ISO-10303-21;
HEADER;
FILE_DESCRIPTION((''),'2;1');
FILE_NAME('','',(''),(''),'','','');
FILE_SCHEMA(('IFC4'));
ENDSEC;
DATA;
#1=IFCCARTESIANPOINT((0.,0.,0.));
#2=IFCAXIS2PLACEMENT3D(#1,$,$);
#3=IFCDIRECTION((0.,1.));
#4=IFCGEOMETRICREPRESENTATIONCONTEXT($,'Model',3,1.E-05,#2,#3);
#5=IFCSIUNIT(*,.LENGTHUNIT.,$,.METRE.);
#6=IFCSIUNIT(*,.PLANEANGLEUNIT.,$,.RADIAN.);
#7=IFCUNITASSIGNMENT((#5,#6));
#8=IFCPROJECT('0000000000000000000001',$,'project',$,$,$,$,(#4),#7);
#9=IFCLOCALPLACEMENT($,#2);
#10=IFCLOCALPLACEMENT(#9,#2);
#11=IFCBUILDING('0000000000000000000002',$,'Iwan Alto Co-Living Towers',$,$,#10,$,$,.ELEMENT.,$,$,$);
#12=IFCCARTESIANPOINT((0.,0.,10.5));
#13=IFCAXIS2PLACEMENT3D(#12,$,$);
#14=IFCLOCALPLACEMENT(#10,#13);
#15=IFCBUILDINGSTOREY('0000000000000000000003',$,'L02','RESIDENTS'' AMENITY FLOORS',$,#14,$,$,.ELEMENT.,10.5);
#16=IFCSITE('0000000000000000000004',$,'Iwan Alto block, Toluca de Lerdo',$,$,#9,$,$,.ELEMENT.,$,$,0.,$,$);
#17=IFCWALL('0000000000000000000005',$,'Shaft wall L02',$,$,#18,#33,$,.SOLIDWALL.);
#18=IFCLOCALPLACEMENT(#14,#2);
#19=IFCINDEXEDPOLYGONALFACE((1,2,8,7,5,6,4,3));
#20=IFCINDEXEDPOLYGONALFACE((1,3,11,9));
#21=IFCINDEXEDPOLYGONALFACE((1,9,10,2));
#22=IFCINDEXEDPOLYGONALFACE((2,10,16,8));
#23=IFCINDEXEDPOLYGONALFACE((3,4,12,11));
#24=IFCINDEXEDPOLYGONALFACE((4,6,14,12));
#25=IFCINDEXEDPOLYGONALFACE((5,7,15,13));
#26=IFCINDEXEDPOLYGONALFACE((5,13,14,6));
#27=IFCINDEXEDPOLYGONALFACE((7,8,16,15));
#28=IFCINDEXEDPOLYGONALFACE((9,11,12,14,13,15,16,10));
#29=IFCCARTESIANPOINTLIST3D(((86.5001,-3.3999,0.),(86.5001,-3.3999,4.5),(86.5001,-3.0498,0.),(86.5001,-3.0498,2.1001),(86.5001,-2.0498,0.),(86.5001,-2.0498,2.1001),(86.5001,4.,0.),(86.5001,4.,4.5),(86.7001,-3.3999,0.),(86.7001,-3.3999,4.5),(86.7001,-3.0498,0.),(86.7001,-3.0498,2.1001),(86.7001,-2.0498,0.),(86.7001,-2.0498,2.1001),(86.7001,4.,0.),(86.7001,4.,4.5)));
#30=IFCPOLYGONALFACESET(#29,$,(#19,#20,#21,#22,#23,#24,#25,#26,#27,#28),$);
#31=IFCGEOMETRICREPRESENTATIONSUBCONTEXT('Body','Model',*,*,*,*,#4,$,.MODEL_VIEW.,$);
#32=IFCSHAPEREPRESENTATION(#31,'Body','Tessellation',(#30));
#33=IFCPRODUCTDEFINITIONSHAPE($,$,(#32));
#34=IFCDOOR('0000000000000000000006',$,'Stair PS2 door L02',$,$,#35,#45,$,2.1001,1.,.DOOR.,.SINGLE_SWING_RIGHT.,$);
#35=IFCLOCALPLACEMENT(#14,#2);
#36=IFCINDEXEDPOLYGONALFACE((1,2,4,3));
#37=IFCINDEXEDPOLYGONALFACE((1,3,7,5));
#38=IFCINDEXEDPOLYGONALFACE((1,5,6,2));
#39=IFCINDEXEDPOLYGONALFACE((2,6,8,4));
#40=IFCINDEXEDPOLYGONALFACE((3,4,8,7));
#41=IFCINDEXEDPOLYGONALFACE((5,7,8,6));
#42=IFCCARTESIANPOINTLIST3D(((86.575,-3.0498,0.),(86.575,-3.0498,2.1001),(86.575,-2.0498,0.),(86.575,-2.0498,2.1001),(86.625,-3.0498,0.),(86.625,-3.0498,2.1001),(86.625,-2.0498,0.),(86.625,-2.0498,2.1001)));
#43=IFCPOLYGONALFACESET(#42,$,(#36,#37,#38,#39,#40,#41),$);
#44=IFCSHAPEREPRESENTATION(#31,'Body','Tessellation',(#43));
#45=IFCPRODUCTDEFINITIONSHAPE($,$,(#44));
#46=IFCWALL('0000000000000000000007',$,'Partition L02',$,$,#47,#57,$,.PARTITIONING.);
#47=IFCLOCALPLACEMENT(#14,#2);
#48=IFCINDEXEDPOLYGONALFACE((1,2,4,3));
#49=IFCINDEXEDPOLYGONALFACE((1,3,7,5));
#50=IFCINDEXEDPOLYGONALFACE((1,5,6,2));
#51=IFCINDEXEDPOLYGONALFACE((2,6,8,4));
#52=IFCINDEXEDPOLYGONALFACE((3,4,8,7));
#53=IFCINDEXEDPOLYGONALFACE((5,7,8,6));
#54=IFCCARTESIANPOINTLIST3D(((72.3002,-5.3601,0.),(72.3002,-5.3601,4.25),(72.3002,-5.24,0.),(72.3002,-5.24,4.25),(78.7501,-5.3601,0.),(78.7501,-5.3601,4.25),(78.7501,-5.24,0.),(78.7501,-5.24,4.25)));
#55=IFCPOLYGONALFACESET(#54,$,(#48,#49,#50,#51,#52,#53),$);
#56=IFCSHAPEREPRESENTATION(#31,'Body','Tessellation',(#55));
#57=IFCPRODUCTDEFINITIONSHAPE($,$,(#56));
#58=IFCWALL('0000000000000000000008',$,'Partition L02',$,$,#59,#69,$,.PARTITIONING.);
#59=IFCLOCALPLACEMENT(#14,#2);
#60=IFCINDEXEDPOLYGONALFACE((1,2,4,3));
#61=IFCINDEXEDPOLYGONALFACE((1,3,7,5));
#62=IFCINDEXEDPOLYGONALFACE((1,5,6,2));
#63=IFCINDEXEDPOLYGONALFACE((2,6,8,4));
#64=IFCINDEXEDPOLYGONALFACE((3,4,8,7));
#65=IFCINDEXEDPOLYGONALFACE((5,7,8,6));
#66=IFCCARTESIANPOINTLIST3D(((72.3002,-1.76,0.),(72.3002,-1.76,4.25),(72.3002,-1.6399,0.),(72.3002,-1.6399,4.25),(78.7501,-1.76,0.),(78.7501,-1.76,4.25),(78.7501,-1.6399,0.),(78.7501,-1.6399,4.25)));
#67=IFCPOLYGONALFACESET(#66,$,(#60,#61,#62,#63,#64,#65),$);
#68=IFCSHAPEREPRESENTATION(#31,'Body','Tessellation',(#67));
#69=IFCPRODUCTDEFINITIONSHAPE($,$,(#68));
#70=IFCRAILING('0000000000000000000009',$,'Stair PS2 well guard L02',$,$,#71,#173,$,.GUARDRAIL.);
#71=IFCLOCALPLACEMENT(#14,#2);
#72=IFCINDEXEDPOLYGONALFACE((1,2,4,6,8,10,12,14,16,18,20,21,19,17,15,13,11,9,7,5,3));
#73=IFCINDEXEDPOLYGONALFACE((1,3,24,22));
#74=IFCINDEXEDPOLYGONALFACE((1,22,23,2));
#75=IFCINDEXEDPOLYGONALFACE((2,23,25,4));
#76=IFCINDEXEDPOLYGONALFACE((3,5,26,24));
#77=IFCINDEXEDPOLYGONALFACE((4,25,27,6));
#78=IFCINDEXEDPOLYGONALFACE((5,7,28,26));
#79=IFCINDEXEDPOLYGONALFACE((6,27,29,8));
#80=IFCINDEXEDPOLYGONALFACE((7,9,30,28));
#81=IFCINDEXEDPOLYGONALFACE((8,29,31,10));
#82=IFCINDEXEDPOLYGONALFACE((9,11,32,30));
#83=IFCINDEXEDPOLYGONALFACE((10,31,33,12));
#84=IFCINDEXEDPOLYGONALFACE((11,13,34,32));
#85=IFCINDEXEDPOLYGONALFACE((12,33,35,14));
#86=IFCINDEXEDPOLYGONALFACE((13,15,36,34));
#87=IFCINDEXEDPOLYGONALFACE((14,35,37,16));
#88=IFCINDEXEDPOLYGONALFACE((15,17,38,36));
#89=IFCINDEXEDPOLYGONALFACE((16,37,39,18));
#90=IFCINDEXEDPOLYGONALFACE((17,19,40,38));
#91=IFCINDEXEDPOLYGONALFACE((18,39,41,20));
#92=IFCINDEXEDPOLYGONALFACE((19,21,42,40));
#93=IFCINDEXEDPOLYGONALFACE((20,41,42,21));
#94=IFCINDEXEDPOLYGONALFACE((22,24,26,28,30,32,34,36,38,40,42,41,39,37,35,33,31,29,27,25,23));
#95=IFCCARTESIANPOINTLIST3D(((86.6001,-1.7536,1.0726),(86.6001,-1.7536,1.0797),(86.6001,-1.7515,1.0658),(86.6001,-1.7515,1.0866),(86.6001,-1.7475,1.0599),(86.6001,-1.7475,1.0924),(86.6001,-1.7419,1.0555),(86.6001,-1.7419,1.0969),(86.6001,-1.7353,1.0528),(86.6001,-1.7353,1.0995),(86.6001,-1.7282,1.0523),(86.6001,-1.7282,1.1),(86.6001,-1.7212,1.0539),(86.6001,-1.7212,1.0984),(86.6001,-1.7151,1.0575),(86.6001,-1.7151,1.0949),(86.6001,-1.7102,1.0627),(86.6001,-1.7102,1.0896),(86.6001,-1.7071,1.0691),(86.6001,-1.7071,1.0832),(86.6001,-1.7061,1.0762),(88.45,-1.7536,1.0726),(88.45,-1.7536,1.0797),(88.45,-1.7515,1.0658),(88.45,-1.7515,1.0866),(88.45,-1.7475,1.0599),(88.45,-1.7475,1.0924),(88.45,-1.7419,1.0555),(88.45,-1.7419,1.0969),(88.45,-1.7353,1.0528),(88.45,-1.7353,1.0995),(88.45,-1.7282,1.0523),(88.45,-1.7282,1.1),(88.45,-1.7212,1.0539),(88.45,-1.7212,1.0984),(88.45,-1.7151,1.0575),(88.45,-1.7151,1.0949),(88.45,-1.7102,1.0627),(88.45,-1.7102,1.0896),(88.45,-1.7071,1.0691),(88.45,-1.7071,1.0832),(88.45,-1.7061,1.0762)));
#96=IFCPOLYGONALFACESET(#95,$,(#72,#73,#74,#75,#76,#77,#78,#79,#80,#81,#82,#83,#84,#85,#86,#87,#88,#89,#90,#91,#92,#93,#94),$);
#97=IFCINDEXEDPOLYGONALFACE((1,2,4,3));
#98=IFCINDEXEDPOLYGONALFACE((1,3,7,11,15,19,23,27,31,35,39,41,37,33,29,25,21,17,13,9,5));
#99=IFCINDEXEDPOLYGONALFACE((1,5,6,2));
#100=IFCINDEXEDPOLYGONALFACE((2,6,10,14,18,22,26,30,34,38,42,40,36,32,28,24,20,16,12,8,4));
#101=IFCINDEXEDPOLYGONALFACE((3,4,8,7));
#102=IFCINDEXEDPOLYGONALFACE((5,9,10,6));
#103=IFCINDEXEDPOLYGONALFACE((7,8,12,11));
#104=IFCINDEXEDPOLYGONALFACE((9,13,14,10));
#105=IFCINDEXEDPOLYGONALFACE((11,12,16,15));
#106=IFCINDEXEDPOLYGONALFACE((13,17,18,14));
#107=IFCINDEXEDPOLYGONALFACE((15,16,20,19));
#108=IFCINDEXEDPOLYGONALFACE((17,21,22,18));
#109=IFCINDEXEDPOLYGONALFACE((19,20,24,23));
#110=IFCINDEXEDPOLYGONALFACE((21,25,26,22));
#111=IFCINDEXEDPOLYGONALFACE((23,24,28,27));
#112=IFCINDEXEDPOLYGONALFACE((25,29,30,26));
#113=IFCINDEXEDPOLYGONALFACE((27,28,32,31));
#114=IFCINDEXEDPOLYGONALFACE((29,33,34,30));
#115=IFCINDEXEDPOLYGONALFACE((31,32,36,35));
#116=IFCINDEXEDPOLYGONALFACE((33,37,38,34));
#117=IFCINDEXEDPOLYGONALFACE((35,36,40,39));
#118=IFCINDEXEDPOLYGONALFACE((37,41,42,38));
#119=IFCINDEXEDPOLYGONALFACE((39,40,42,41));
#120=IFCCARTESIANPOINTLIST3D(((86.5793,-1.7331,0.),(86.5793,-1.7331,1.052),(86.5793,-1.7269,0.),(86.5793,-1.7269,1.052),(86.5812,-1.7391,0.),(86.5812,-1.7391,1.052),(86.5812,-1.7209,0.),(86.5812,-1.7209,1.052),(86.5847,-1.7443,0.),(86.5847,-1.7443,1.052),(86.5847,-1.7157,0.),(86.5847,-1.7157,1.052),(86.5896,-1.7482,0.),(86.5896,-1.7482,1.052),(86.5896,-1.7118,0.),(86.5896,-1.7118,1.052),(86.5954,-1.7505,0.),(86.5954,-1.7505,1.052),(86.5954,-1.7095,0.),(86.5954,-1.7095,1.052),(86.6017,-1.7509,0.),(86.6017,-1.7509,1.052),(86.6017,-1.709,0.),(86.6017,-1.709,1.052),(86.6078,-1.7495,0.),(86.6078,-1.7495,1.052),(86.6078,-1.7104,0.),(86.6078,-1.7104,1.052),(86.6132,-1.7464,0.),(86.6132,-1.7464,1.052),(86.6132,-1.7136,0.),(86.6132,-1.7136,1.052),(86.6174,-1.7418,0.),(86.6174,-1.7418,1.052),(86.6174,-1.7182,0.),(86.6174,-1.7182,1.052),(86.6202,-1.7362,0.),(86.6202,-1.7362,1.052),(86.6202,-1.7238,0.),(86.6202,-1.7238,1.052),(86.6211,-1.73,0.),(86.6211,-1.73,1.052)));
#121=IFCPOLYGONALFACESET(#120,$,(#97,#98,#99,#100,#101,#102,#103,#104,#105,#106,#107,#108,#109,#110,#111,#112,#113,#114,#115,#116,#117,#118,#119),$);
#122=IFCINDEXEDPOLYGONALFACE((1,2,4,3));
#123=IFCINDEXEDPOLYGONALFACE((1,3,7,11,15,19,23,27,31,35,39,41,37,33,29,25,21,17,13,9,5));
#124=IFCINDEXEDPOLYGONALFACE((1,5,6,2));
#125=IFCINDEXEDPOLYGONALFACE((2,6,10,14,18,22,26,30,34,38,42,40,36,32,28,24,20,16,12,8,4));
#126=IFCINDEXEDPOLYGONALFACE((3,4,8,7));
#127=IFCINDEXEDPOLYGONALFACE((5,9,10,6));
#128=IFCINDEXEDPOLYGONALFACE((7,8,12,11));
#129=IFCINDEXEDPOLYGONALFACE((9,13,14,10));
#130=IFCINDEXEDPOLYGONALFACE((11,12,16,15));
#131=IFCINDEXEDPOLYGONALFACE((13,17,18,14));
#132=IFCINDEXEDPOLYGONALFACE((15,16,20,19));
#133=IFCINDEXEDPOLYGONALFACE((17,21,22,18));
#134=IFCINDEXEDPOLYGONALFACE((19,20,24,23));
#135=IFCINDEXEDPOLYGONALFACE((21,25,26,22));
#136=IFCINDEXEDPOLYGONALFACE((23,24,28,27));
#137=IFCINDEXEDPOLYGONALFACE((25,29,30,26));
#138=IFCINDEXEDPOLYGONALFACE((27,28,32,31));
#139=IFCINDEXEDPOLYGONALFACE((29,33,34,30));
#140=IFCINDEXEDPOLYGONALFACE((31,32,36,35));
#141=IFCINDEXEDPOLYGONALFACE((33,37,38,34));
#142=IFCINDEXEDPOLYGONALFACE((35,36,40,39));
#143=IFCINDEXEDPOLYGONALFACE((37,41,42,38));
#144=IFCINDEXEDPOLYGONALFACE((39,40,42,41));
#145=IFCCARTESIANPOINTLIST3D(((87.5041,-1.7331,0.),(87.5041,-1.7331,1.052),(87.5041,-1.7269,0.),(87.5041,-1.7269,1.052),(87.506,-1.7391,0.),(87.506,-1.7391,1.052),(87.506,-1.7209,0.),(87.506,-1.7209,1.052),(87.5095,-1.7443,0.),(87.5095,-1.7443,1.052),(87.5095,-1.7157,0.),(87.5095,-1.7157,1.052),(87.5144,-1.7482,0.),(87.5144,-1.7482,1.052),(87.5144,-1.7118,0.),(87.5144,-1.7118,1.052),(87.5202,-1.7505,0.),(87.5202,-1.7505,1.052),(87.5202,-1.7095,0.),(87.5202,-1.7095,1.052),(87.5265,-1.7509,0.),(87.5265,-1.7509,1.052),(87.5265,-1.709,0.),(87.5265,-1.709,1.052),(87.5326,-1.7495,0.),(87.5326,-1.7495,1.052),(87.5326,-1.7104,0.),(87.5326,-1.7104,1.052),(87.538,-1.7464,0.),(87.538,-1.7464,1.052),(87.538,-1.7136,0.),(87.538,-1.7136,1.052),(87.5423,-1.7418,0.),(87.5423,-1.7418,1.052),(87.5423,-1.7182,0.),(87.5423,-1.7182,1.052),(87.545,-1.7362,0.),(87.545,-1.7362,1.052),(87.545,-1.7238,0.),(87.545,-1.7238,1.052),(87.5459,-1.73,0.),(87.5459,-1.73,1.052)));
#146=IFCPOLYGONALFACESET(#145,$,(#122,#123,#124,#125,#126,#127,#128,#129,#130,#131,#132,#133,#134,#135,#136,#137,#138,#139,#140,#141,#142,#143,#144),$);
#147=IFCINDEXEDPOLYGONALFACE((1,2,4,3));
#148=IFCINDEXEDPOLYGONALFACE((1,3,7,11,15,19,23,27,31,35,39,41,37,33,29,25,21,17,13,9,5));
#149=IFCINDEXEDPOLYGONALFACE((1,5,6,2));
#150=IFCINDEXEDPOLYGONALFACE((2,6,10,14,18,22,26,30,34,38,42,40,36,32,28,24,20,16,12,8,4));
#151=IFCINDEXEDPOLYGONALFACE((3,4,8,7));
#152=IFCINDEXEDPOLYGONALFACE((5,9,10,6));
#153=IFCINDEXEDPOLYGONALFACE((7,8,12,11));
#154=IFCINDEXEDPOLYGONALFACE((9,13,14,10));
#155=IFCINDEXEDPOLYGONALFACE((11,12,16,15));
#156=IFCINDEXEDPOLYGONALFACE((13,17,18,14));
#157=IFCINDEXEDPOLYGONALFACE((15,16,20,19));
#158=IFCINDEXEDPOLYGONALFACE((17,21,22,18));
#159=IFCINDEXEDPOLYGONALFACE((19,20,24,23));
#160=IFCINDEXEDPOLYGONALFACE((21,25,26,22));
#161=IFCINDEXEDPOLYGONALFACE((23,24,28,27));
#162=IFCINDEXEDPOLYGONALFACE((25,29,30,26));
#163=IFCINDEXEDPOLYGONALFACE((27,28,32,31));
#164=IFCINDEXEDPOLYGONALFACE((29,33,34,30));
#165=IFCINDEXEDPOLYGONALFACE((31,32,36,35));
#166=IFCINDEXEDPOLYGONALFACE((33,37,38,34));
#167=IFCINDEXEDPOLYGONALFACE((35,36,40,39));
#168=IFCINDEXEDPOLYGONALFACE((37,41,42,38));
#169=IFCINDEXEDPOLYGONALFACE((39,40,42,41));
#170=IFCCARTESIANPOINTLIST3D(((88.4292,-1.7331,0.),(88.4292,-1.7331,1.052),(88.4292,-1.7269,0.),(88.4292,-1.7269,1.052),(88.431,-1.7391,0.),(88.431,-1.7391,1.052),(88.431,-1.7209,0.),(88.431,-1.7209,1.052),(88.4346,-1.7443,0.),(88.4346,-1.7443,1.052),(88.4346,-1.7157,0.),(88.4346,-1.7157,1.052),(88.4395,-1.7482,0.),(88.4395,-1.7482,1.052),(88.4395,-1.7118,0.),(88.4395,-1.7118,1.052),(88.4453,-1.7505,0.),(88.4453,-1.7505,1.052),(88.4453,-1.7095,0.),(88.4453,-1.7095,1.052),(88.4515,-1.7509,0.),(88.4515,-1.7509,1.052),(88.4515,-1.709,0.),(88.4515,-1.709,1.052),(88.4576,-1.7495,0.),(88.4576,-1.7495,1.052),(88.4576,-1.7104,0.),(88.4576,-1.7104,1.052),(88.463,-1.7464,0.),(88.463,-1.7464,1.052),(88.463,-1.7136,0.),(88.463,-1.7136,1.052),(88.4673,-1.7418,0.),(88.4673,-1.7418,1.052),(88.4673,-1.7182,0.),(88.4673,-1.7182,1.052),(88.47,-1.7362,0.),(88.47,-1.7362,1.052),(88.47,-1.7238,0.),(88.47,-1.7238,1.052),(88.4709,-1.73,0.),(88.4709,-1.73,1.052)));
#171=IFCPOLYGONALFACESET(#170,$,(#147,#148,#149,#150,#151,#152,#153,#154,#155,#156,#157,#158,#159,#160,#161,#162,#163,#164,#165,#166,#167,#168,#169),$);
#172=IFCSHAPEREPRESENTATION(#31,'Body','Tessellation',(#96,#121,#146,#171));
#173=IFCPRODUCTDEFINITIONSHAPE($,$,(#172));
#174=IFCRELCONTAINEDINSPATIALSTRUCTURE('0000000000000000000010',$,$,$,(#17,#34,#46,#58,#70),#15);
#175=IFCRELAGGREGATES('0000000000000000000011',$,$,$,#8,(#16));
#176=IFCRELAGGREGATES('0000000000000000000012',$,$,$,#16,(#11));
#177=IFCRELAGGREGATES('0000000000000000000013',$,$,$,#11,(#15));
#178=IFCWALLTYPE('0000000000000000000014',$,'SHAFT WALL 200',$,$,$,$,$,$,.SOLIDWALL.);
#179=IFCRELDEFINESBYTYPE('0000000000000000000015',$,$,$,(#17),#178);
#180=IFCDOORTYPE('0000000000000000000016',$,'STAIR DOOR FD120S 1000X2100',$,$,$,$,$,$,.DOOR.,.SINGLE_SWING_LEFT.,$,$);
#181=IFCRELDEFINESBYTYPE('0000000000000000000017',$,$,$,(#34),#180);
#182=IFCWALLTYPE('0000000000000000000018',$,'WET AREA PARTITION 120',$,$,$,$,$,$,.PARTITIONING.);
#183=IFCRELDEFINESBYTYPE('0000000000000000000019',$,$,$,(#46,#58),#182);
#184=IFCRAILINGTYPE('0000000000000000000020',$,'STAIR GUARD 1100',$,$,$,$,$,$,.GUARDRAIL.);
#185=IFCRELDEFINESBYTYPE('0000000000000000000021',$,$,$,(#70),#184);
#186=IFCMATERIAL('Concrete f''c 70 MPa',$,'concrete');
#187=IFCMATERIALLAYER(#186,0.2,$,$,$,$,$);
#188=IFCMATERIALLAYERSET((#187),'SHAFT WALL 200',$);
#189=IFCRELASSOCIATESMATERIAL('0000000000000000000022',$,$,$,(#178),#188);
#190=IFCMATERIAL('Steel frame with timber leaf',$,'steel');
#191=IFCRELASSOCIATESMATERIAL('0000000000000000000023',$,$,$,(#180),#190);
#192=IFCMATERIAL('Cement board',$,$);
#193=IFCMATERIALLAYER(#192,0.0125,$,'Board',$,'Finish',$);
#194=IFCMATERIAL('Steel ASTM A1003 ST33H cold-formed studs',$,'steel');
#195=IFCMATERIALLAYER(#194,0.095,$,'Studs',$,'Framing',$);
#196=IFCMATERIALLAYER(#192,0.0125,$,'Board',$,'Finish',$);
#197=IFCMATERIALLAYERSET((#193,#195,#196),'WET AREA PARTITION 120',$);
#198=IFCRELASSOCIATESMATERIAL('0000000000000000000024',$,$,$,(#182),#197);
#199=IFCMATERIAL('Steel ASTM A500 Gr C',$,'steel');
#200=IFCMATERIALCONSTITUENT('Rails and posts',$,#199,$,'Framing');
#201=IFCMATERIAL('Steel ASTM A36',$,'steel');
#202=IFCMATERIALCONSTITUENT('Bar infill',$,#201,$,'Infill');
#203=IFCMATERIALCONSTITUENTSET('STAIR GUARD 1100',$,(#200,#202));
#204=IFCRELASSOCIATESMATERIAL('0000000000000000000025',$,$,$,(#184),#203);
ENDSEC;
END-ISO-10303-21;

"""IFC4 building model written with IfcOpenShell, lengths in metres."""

from ifc_helpers import new_model, si_unit, direction, frame, frame_2d, origin, origin_2d, place, context, subcontext, project, spatial, rectangle, circle, extrude, material, layer, layer_set, constituent, constituent_set, type_object, element, fill, save


model = new_model("IFC4")

# Units and contexts
model_context = context("Model", 3, precision=1e-05, world=origin(), true_north=direction((0.0, 1.0)))
body_context = subcontext(model_context, "Body", "Model", "MODEL_VIEW")
ifc_project = project(units=[si_unit("LENGTHUNIT", "METRE"), si_unit("PLANEANGLEUNIT", "RADIAN")], contexts=[model_context])

# Site, building, storey
site_placement = place(None, origin())
site = spatial("IfcSite", under=ifc_project, at=site_placement, Name="Iwan Alto block, Toluca de Lerdo", CompositionType="ELEMENT", RefElevation=0.0)
building_placement = place(site_placement, origin())
building = spatial("IfcBuilding", under=site, at=building_placement, Name="Iwan Alto Co-Living Towers", CompositionType="ELEMENT")
storey_placement = place(building_placement, frame((0.0, 0.0, 10.5)))
storey = spatial("IfcBuildingStorey", under=building, at=storey_placement, Name="L02", Description="RESIDENTS' AMENITY FLOORS", CompositionType="ELEMENT", Elevation=10.5)

# Shared definitions
ifc_material_1 = material(Name="Concrete f'c 70 MPa", Category="concrete")
ifc_layer_1 = layer(ifc_material_1, 0.2)
ifc_layer_set_1 = layer_set([ifc_layer_1], Name="SHAFT WALL 200")
wall_type_1 = type_object("IfcWallType", Name="SHAFT WALL 200", PredefinedType="SOLIDWALL", material=ifc_layer_set_1)

# Wall, opening, door
wall_1_placement = place(storey_placement, frame((86.6001, -3.3999, 0.0), z_axis=(0.0, 0.0, 1.0), x_axis=(0.0, 1.0, 0.0)))
wall_1 = element("IfcWall", 1, at=wall_1_placement, inside=storey, type_object=wall_type_1, Name="Shaft wall L02", PredefinedType="SOLIDWALL", context=body_context, shape_type="SweptSolid", body=[
    extrude(rectangle(XDim=7.3999, YDim=0.2, at=frame_2d((3.7, 0.0))), origin(), (0.0, 0.0, 1.0), 4.5),
])
opening_1_placement = place(wall_1_placement, frame((0.3501, 0.0, 0.0)))
opening_1 = element("IfcOpeningElement", 2, at=opening_1_placement, cuts=wall_1, PredefinedType="OPENING", context=body_context, shape_type="SweptSolid", body=[
    extrude(rectangle(XDim=1.0, YDim=2.1001, at=frame_2d((0.5, 1.05))), frame((0.0, 0.1099, 0.0), z_axis=(0.0, -1.0, 0.0), x_axis=(1.0, 0.0, 0.0)), (0.0, 0.0, 1.0), 0.22),
])
ifc_material_2 = material(Name="Steel frame with timber leaf", Category="steel")
door_type_1 = type_object("IfcDoorType", Name="STAIR DOOR FD120S 1000X2100", OperationType="SINGLE_SWING_LEFT", PredefinedType="DOOR", material=ifc_material_2)
door_1_placement = place(opening_1_placement, frame((1.0, 0.0, 0.0), z_axis=(0.0, 0.0, 1.0), x_axis=(-1.0, 0.0, 0.0)))
door_1 = element("IfcDoor", 3, at=door_1_placement, inside=storey, type_object=door_type_1, Name="Stair PS2 door L02", OperationType="SINGLE_SWING_RIGHT", OverallHeight=2.1001, OverallWidth=1.0, PredefinedType="DOOR", context=body_context, shape_type="SweptSolid", body=[
    extrude(rectangle(XDim=1.0, YDim=2.1001, at=frame_2d((0.5, 1.05))), frame((0.0, 0.0249, 0.0), z_axis=(0.0, -1.0, 0.0), x_axis=(1.0, 0.0, 0.0)), (0.0, 0.0, 1.0), 0.05),
])
fill(opening_1, door_1)

# Walls
ifc_material_3 = material(Name="Cement board")
ifc_layer_2 = layer(ifc_material_3, 0.0125, Name="Board", Category="Finish")
ifc_material_4 = material(Name="Steel ASTM A1003 ST33H cold-formed studs", Category="steel")
ifc_layer_3 = layer(ifc_material_4, 0.095, Name="Studs", Category="Framing")
ifc_layer_4 = layer(ifc_material_3, 0.0125, Name="Board", Category="Finish")
ifc_layer_set_2 = layer_set([ifc_layer_2, ifc_layer_3, ifc_layer_4], Name="WET AREA PARTITION 120")
wall_type_2 = type_object("IfcWallType", Name="WET AREA PARTITION 120", PredefinedType="PARTITIONING", material=ifc_layer_set_2)
for number, where, z_axis, x_axis, name in (
    (4, (72.3, -5.3, 0.0), (0.0, 0.0, 1.0), (1.0, 0.0, 0.0), "Partition L02"),
    (5, (72.3, -1.7, 0.0), (0.0, 0.0, 1.0), (1.0, 0.0, 0.0), "Partition L02"),
):
    element("IfcWall", number, at=place(storey_placement, frame(where, z_axis=z_axis, x_axis=x_axis)), inside=storey, type_object=wall_type_2, Name=name, PredefinedType="PARTITIONING", context=body_context, shape_type="SweptSolid", body=[
        extrude(rectangle(XDim=6.45, YDim=0.1201, at=frame_2d((3.2251, 0.0))), origin(), (0.0, 0.0, 1.0), 4.25),
    ])

# Railing
ifc_material_5 = material(Name="Steel ASTM A500 Gr C", Category="steel")
ifc_constituent_1 = constituent(ifc_material_5, Name="Rails and posts", Category="Framing")
ifc_material_6 = material(Name="Steel ASTM A36", Category="steel")
ifc_constituent_2 = constituent(ifc_material_6, Name="Bar infill", Category="Infill")
ifc_constituent_set = constituent_set(constituents=[ifc_constituent_1, ifc_constituent_2], Name="STAIR GUARD 1100")
railing_type = type_object("IfcRailingType", Name="STAIR GUARD 1100", PredefinedType="GUARDRAIL", material=ifc_constituent_set)
railing_placement = place(storey_placement, frame((86.6001, -1.73, 0.0)))
element("IfcRailing", 6, at=railing_placement, inside=storey, type_object=railing_type, Name="Stair PS2 well guard L02", PredefinedType="GUARDRAIL", context=body_context, shape_type="SweptSolid", body=[
    extrude(circle(Radius=0.0239, at=origin_2d()), frame((0.0, 0.0, 1.0762), z_axis=(1.0, 0.0, 0.0), x_axis=(0.0, 1.0, 0.0)), (0.0, 0.0, 1.0), 1.8499),
    extrude(circle(Radius=0.021, at=origin_2d()), origin(), (0.0, 0.0, 1.0), 1.052),
    extrude(circle(Radius=0.021, at=origin_2d()), frame((0.9248, 0.0, 0.0)), (0.0, 0.0, 1.0), 1.052),
    extrude(circle(Radius=0.021, at=origin_2d()), frame((1.8499, 0.0, 0.0)), (0.0, 0.0, 1.0), 1.052),
])

save(model, "model.ifc")
